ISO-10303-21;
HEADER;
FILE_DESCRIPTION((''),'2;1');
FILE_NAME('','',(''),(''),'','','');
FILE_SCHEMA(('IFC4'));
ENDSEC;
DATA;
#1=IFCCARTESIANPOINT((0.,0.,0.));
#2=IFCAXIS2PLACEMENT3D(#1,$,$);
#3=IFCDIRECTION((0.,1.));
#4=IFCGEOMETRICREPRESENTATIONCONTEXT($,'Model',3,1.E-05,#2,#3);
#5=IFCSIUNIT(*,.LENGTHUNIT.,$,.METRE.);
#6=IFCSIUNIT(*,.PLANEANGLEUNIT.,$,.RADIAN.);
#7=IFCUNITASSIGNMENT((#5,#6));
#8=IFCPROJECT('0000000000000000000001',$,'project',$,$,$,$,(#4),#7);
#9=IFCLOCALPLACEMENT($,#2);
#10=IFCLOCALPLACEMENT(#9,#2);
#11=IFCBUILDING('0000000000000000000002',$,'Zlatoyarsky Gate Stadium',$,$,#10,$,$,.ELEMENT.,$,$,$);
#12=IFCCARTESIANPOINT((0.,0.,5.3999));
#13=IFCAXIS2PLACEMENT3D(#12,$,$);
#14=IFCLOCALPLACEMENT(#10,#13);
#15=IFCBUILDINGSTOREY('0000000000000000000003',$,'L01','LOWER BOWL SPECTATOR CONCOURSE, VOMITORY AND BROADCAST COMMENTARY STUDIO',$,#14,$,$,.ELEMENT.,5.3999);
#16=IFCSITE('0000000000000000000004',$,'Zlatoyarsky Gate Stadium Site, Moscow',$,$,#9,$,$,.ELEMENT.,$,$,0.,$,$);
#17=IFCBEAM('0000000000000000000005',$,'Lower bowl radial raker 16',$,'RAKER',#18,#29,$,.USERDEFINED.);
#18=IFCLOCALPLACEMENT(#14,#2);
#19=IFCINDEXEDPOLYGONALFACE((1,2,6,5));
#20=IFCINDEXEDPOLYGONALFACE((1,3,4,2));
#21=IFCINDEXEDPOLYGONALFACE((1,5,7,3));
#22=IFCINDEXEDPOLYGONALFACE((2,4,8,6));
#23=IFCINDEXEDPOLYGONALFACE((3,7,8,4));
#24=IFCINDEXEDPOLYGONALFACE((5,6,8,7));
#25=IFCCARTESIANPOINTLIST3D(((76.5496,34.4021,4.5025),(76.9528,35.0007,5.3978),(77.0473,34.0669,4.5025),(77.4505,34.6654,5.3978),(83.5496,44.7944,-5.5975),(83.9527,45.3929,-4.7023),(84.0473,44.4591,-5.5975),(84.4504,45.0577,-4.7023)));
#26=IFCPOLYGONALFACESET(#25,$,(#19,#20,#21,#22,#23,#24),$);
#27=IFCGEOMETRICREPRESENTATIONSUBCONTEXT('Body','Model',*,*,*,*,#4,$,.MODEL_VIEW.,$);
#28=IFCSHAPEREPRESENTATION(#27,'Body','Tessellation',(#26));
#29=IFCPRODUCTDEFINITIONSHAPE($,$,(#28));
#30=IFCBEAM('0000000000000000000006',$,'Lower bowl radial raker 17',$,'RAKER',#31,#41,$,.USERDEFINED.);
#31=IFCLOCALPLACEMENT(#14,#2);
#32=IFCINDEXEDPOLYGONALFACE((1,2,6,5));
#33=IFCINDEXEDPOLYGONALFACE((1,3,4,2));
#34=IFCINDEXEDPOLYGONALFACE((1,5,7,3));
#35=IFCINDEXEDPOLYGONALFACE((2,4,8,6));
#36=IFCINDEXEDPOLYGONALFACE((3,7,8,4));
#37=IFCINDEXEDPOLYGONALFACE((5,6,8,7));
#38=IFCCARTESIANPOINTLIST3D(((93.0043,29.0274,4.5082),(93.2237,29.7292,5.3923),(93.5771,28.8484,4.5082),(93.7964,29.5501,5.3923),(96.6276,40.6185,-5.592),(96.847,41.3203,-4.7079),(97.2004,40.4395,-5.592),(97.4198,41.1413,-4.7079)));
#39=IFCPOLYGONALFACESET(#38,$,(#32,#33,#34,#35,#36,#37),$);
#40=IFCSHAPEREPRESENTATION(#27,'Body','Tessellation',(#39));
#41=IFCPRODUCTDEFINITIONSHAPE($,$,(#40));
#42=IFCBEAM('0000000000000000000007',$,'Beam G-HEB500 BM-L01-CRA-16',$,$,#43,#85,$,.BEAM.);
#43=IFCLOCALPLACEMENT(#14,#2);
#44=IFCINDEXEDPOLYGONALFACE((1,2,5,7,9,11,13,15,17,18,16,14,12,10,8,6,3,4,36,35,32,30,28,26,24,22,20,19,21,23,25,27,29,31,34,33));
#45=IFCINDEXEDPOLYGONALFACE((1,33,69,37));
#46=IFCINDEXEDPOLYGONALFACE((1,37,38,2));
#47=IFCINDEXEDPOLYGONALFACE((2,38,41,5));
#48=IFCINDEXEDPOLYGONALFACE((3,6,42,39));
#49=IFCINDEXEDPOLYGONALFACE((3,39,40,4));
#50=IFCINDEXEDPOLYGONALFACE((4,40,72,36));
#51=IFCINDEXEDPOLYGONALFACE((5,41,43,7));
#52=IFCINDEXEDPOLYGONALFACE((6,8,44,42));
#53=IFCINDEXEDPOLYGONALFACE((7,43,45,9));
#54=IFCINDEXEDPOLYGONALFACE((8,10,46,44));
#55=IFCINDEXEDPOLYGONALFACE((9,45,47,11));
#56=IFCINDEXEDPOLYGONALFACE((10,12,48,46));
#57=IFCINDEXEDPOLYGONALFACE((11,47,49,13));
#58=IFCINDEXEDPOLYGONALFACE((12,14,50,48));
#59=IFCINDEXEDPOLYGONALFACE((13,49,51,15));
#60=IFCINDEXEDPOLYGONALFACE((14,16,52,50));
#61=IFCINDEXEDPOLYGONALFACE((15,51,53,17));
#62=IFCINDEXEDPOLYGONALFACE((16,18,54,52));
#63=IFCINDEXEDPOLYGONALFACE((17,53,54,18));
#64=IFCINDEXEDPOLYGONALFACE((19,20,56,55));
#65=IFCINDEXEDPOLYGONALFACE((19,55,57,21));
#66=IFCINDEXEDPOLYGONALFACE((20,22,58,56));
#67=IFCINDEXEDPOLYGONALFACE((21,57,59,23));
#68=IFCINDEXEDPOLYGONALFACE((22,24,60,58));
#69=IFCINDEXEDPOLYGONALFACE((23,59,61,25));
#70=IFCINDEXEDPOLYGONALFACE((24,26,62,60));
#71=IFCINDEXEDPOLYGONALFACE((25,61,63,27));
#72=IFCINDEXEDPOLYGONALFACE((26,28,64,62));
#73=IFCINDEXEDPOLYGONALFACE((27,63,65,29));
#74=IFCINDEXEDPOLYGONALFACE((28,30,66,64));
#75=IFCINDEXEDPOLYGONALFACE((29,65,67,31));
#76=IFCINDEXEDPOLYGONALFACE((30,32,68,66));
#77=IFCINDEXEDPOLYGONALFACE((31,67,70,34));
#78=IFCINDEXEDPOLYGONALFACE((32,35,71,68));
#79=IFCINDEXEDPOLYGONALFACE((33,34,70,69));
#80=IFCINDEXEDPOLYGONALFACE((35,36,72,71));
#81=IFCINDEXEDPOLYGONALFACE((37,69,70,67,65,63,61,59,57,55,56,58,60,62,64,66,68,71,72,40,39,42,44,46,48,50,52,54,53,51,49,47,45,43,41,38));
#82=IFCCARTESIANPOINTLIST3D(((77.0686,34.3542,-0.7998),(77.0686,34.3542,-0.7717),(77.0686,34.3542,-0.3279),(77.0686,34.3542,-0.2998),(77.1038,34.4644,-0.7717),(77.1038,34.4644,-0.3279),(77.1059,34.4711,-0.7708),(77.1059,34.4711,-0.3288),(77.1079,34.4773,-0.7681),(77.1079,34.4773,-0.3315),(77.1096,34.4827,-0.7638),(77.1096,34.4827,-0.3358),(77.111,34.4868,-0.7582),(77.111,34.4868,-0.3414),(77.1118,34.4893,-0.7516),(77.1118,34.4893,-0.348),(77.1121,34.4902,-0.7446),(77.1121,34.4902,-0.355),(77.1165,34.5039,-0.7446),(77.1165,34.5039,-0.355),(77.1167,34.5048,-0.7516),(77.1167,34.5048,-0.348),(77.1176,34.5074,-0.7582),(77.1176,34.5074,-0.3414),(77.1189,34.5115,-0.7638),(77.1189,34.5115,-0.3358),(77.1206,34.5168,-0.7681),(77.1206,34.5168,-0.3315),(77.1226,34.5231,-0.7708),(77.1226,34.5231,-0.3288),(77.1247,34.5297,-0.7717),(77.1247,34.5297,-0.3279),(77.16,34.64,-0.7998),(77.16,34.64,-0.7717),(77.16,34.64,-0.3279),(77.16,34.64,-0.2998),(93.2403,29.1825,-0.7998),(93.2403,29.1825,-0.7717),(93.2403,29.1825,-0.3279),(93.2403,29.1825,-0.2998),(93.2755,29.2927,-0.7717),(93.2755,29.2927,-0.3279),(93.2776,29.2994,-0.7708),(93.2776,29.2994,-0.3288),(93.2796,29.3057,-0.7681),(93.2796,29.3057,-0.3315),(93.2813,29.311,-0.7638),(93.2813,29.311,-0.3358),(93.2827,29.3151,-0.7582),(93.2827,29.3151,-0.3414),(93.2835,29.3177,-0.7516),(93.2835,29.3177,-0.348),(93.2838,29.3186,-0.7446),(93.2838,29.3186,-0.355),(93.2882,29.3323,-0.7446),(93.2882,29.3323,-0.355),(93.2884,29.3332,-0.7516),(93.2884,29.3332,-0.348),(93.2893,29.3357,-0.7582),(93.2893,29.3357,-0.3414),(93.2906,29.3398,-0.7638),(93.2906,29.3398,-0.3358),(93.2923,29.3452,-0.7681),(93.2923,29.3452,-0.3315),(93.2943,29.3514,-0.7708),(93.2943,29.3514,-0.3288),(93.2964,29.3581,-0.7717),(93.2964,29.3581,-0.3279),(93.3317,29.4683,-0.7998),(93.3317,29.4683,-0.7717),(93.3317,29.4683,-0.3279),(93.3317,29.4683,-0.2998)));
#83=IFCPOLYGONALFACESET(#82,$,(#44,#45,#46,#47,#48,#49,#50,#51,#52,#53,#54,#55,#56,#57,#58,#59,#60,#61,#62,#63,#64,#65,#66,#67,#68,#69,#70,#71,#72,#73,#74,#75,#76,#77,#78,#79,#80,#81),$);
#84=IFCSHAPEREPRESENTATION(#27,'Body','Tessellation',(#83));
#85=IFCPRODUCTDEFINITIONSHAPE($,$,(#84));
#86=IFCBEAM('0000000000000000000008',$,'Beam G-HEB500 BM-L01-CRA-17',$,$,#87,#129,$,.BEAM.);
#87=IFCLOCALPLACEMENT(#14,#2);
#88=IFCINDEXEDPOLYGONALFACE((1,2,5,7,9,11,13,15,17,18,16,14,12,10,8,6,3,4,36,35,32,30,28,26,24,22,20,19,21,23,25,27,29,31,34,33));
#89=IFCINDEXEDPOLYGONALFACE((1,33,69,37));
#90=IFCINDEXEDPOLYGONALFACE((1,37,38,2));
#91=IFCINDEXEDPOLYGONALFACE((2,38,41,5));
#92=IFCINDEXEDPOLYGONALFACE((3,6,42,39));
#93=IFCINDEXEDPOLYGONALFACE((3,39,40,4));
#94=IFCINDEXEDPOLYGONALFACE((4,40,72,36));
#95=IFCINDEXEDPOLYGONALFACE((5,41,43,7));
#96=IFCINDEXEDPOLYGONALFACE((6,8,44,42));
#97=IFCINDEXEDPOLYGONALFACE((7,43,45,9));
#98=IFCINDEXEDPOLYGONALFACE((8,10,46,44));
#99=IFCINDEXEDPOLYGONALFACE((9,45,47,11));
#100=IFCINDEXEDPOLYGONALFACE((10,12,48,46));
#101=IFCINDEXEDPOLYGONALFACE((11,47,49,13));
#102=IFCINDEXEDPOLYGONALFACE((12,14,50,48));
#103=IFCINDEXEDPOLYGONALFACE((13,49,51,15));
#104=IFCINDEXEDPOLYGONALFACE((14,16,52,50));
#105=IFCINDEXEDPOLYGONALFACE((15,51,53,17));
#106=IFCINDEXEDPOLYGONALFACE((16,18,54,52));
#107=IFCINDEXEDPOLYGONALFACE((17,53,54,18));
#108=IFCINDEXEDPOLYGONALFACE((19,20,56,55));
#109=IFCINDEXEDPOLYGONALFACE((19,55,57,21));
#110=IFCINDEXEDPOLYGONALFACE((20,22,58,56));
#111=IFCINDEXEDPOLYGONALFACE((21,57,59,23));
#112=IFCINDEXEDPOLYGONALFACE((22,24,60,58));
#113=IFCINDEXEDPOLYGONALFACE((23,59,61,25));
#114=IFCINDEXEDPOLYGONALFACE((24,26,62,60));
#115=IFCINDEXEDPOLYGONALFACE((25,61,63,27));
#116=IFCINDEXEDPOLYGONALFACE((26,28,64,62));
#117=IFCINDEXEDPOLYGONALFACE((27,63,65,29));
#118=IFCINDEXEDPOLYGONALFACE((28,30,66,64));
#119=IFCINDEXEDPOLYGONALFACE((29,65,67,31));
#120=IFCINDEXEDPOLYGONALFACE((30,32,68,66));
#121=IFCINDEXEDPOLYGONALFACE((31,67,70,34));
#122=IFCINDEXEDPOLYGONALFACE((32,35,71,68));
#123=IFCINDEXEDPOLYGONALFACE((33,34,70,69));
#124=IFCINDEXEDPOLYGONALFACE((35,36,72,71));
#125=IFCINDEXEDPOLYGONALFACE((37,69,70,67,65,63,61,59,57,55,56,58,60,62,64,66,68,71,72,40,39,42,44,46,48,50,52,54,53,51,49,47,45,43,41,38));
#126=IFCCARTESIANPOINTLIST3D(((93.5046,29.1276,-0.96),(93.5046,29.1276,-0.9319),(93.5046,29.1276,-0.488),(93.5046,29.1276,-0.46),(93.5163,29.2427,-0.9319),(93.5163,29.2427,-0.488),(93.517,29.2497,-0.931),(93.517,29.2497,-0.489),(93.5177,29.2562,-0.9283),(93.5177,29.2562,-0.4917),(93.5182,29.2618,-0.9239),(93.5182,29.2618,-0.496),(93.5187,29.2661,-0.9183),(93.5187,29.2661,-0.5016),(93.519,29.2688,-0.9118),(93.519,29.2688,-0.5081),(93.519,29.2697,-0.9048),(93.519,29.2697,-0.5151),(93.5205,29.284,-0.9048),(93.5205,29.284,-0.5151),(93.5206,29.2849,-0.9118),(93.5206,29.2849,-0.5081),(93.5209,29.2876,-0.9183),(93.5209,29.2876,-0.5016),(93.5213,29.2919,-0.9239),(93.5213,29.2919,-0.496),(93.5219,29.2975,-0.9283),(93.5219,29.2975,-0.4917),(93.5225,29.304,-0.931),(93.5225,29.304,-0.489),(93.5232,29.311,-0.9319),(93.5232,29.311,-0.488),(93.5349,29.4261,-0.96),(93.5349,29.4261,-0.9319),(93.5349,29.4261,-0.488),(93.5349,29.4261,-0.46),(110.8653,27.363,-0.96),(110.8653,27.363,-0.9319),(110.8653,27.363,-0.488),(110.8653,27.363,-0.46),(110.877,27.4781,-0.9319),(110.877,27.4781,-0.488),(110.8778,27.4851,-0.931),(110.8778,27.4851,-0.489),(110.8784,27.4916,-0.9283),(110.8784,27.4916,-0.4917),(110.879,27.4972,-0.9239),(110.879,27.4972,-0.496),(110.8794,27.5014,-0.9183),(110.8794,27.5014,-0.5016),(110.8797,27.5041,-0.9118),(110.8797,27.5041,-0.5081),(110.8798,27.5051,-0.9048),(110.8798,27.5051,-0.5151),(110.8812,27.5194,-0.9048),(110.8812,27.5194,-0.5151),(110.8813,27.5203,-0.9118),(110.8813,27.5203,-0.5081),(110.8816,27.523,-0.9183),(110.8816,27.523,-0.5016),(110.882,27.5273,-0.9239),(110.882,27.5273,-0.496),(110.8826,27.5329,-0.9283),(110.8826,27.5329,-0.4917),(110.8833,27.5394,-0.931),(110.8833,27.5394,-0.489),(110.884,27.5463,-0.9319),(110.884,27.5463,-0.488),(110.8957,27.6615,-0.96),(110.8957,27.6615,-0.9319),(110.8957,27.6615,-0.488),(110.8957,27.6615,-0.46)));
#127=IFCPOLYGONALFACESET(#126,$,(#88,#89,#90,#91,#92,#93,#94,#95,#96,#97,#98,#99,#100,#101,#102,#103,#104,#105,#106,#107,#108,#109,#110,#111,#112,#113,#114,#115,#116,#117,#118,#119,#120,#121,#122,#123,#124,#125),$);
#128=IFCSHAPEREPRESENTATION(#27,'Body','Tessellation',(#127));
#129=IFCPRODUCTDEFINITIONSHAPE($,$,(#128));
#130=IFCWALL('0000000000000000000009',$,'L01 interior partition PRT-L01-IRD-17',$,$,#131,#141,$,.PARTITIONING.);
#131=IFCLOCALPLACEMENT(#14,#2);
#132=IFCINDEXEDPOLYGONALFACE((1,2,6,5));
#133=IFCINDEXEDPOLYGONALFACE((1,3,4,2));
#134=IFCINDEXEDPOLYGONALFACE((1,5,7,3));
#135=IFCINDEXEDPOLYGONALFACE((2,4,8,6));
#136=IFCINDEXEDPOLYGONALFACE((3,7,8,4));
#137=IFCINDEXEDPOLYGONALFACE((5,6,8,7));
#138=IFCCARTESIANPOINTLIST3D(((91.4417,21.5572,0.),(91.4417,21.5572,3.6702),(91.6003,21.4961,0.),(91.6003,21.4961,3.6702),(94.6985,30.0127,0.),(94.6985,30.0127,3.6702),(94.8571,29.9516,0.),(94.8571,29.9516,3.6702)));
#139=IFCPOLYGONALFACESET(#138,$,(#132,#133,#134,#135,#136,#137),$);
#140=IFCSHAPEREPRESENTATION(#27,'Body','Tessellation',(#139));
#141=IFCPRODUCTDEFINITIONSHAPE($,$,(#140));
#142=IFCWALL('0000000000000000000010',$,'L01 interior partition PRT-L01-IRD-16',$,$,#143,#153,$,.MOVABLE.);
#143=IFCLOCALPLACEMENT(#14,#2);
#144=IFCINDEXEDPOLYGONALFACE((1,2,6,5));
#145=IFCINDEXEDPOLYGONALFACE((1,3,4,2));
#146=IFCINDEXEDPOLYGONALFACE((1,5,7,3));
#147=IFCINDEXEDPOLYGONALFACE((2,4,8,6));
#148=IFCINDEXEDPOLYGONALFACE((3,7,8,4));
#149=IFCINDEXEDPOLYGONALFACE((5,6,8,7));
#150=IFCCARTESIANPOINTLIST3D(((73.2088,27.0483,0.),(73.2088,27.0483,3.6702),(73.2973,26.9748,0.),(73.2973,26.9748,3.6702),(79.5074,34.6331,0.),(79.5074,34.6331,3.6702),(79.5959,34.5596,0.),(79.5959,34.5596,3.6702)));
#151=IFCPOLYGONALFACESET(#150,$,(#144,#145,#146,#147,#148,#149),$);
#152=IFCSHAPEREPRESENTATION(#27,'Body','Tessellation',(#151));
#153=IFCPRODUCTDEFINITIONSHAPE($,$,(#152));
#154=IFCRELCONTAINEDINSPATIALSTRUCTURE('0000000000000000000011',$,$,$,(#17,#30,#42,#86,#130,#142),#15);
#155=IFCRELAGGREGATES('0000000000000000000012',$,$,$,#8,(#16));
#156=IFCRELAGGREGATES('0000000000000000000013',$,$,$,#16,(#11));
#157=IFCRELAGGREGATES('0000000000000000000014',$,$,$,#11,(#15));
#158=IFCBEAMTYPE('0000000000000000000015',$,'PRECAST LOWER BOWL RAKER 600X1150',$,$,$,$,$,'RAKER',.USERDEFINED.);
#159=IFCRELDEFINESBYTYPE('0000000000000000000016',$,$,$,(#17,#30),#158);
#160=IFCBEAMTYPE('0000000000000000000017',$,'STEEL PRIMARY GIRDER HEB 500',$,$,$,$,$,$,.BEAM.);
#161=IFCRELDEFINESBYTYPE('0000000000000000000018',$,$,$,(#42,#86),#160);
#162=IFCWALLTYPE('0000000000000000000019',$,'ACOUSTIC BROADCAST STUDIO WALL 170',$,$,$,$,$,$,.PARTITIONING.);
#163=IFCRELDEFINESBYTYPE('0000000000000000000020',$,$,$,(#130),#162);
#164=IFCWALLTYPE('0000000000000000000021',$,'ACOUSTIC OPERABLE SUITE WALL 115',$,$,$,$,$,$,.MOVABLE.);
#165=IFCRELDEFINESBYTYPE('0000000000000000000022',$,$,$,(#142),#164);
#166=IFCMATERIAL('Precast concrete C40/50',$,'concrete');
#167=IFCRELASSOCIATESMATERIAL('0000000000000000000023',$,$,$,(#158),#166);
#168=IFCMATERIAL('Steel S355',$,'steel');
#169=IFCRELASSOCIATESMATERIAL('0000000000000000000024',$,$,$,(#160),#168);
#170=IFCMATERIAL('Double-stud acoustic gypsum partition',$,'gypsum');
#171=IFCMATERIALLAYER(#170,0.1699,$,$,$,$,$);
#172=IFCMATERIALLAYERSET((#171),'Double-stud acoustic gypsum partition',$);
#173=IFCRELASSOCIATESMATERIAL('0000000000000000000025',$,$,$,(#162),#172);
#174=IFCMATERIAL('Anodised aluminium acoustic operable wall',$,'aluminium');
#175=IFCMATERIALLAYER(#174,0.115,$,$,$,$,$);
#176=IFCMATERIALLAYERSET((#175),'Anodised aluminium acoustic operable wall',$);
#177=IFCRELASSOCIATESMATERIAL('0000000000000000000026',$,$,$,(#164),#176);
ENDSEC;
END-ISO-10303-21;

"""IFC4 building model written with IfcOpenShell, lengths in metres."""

from ifc_helpers import new_model, si_unit, direction, frame, frame_2d, origin, origin_2d, place, context, subcontext, project, spatial, rectangle, i_section, extrude, material, layer, layer_set, material_profile, profile_set, type_object, element, save


model = new_model("IFC4")

# Units and contexts
model_context = context("Model", 3, precision=1e-05, world=origin(), true_north=direction((0.0, 1.0)))
body_context = subcontext(model_context, "Body", "Model", "MODEL_VIEW")
ifc_project = project(units=[si_unit("LENGTHUNIT", "METRE"), si_unit("PLANEANGLEUNIT", "RADIAN")], contexts=[model_context])

# Site, building, storey
site_placement = place(None, origin())
site = spatial("IfcSite", under=ifc_project, at=site_placement, Name="Zlatoyarsky Gate Stadium Site, Moscow", CompositionType="ELEMENT", RefElevation=0.0)
building_placement = place(site_placement, origin())
building = spatial("IfcBuilding", under=site, at=building_placement, Name="Zlatoyarsky Gate Stadium", CompositionType="ELEMENT")
storey_placement = place(building_placement, frame((0.0, 0.0, 5.3999)))
storey = spatial("IfcBuildingStorey", under=building, at=storey_placement, Name="L01", Description="LOWER BOWL SPECTATOR CONCOURSE, VOMITORY AND BROADCAST COMMENTARY STUDIO", CompositionType="ELEMENT", Elevation=5.3999)

# Beams
ifc_material_1 = material(Name="Precast concrete C40/50", Category="concrete")
ifc_material_profile_1 = material_profile(ifc_material_1, rectangle(XDim=0.6001, YDim=1.1499, at=origin_2d()), Name="PC RAKER 600X1150")
ifc_profile_set_1 = profile_set([ifc_material_profile_1], Name="Precast concrete C40/50")
beam_type_1 = type_object("IfcBeamType", Name="PRECAST LOWER BOWL RAKER 600X1150", ElementType="RAKER", PredefinedType="USERDEFINED", material=ifc_profile_set_1)
beam_1_placement = place(storey_placement, frame((84.0, 44.926, -5.1499), z_axis=(-0.434948, -0.645733, 0.627574), x_axis=(0.829397, -0.55866, 0.0)))
element("IfcBeam", 1, at=beam_1_placement, inside=storey, type_object=beam_type_1, Name="Lower bowl radial raker 16", ObjectType="RAKER", PredefinedType="USERDEFINED", context=body_context, shape_type="SweptSolid", body=[
    extrude(rectangle(XDim=0.6001, YDim=1.1499, at=origin_2d()), origin(), (0.0, 0.0, 1.0), 16.0938),
])
beam_2_placement = place(storey_placement, frame((97.0237, 40.8799, -5.1499), z_axis=(-0.22939, -0.733828, 0.639435), x_axis=(0.954455, -0.298356, 0.0)))
element("IfcBeam", 2, at=beam_2_placement, inside=storey, type_object=beam_type_1, Name="Lower bowl radial raker 17", ObjectType="RAKER", PredefinedType="USERDEFINED", context=body_context, shape_type="SweptSolid", body=[
    extrude(rectangle(XDim=0.6001, YDim=1.1499, at=origin_2d()), origin(), (0.0, 0.0, 1.0), 15.7954),
])
ifc_material_2 = material(Name="Steel S355", Category="steel")
ifc_material_profile_2 = material_profile(ifc_material_2, i_section(OverallWidth=0.3, OverallDepth=0.5, WebThickness=0.0144, FlangeThickness=0.0281, FilletRadius=0.0271, at=origin_2d()), Name="HEB 500")
ifc_profile_set_2 = profile_set([ifc_material_profile_2], Name="Steel S355")
beam_type_2 = type_object("IfcBeamType", Name="STEEL PRIMARY GIRDER HEB 500", PredefinedType="BEAM", material=ifc_profile_set_2)
beam_3_placement = place(storey_placement, frame((77.1143, 34.4971, -0.5498), z_axis=(0.95248, -0.3046, 0.0), x_axis=(0.3046, 0.95248, 0.0)))
element("IfcBeam", 3, at=beam_3_placement, inside=storey, type_object=beam_type_2, Name="Beam G-HEB500 BM-L01-CRA-16", PredefinedType="BEAM", context=body_context, shape_type="SweptSolid", body=[
    extrude(i_section(OverallWidth=0.3, OverallDepth=0.5, WebThickness=0.0144, FlangeThickness=0.0281, FilletRadius=0.0271, at=origin_2d()), origin(), (0.0, 0.0, 1.0), 16.9785),
])
beam_4_placement = place(storey_placement, frame((93.5198, 29.2769, -0.71), z_axis=(0.994874, -0.101124, 0.0), x_axis=(0.101124, 0.994874, 0.0)))
element("IfcBeam", 4, at=beam_4_placement, inside=storey, type_object=beam_type_2, Name="Beam G-HEB500 BM-L01-CRA-17", PredefinedType="BEAM", context=body_context, shape_type="SweptSolid", body=[
    extrude(i_section(OverallWidth=0.3, OverallDepth=0.5, WebThickness=0.0144, FlangeThickness=0.0281, FilletRadius=0.0271, at=origin_2d()), origin(), (0.0, 0.0, 1.0), 17.4502),
])

# Walls
ifc_material_3 = material(Name="Double-stud acoustic gypsum partition", Category="gypsum")
ifc_layer_1 = layer(ifc_material_3, 0.1699)
ifc_layer_set_1 = layer_set([ifc_layer_1], Name="Double-stud acoustic gypsum partition")
wall_type_1 = type_object("IfcWallType", Name="ACOUSTIC BROADCAST STUDIO WALL 170", PredefinedType="PARTITIONING", material=ifc_layer_set_1)
wall_1_placement = place(storey_placement, frame((94.7778, 29.9822, 0.0), z_axis=(0.0, 0.0, 1.0), x_axis=(-0.35943, -0.933172, 0.0)))
element("IfcWall", 5, at=wall_1_placement, inside=storey, type_object=wall_type_1, Name="L01 interior partition PRT-L01-IRD-17", PredefinedType="PARTITIONING", context=body_context, shape_type="SweptSolid", body=[
    extrude(rectangle(XDim=9.061, YDim=0.1699, at=frame_2d((4.5305, 0.0))), origin(), (0.0, 0.0, 1.0), 3.6702),
])
ifc_material_4 = material(Name="Anodised aluminium acoustic operable wall", Category="aluminium")
ifc_layer_2 = layer(ifc_material_4, 0.115)
ifc_layer_set_2 = layer_set([ifc_layer_2], Name="Anodised aluminium acoustic operable wall")
wall_type_2 = type_object("IfcWallType", Name="ACOUSTIC OPERABLE SUITE WALL 115", PredefinedType="MOVABLE", material=ifc_layer_set_2)
wall_2_placement = place(storey_placement, frame((79.5518, 34.5964, 0.0), z_axis=(0.0, 0.0, 1.0), x_axis=(-0.638866, -0.769318, 0.0)))
element("IfcWall", 6, at=wall_2_placement, inside=storey, type_object=wall_type_2, Name="L01 interior partition PRT-L01-IRD-16", PredefinedType="MOVABLE", context=body_context, shape_type="SweptSolid", body=[
    extrude(rectangle(XDim=9.8591, YDim=0.115, at=frame_2d((4.9297, 0.0))), origin(), (0.0, 0.0, 1.0), 3.6702),
])

save(model, "model.ifc")
